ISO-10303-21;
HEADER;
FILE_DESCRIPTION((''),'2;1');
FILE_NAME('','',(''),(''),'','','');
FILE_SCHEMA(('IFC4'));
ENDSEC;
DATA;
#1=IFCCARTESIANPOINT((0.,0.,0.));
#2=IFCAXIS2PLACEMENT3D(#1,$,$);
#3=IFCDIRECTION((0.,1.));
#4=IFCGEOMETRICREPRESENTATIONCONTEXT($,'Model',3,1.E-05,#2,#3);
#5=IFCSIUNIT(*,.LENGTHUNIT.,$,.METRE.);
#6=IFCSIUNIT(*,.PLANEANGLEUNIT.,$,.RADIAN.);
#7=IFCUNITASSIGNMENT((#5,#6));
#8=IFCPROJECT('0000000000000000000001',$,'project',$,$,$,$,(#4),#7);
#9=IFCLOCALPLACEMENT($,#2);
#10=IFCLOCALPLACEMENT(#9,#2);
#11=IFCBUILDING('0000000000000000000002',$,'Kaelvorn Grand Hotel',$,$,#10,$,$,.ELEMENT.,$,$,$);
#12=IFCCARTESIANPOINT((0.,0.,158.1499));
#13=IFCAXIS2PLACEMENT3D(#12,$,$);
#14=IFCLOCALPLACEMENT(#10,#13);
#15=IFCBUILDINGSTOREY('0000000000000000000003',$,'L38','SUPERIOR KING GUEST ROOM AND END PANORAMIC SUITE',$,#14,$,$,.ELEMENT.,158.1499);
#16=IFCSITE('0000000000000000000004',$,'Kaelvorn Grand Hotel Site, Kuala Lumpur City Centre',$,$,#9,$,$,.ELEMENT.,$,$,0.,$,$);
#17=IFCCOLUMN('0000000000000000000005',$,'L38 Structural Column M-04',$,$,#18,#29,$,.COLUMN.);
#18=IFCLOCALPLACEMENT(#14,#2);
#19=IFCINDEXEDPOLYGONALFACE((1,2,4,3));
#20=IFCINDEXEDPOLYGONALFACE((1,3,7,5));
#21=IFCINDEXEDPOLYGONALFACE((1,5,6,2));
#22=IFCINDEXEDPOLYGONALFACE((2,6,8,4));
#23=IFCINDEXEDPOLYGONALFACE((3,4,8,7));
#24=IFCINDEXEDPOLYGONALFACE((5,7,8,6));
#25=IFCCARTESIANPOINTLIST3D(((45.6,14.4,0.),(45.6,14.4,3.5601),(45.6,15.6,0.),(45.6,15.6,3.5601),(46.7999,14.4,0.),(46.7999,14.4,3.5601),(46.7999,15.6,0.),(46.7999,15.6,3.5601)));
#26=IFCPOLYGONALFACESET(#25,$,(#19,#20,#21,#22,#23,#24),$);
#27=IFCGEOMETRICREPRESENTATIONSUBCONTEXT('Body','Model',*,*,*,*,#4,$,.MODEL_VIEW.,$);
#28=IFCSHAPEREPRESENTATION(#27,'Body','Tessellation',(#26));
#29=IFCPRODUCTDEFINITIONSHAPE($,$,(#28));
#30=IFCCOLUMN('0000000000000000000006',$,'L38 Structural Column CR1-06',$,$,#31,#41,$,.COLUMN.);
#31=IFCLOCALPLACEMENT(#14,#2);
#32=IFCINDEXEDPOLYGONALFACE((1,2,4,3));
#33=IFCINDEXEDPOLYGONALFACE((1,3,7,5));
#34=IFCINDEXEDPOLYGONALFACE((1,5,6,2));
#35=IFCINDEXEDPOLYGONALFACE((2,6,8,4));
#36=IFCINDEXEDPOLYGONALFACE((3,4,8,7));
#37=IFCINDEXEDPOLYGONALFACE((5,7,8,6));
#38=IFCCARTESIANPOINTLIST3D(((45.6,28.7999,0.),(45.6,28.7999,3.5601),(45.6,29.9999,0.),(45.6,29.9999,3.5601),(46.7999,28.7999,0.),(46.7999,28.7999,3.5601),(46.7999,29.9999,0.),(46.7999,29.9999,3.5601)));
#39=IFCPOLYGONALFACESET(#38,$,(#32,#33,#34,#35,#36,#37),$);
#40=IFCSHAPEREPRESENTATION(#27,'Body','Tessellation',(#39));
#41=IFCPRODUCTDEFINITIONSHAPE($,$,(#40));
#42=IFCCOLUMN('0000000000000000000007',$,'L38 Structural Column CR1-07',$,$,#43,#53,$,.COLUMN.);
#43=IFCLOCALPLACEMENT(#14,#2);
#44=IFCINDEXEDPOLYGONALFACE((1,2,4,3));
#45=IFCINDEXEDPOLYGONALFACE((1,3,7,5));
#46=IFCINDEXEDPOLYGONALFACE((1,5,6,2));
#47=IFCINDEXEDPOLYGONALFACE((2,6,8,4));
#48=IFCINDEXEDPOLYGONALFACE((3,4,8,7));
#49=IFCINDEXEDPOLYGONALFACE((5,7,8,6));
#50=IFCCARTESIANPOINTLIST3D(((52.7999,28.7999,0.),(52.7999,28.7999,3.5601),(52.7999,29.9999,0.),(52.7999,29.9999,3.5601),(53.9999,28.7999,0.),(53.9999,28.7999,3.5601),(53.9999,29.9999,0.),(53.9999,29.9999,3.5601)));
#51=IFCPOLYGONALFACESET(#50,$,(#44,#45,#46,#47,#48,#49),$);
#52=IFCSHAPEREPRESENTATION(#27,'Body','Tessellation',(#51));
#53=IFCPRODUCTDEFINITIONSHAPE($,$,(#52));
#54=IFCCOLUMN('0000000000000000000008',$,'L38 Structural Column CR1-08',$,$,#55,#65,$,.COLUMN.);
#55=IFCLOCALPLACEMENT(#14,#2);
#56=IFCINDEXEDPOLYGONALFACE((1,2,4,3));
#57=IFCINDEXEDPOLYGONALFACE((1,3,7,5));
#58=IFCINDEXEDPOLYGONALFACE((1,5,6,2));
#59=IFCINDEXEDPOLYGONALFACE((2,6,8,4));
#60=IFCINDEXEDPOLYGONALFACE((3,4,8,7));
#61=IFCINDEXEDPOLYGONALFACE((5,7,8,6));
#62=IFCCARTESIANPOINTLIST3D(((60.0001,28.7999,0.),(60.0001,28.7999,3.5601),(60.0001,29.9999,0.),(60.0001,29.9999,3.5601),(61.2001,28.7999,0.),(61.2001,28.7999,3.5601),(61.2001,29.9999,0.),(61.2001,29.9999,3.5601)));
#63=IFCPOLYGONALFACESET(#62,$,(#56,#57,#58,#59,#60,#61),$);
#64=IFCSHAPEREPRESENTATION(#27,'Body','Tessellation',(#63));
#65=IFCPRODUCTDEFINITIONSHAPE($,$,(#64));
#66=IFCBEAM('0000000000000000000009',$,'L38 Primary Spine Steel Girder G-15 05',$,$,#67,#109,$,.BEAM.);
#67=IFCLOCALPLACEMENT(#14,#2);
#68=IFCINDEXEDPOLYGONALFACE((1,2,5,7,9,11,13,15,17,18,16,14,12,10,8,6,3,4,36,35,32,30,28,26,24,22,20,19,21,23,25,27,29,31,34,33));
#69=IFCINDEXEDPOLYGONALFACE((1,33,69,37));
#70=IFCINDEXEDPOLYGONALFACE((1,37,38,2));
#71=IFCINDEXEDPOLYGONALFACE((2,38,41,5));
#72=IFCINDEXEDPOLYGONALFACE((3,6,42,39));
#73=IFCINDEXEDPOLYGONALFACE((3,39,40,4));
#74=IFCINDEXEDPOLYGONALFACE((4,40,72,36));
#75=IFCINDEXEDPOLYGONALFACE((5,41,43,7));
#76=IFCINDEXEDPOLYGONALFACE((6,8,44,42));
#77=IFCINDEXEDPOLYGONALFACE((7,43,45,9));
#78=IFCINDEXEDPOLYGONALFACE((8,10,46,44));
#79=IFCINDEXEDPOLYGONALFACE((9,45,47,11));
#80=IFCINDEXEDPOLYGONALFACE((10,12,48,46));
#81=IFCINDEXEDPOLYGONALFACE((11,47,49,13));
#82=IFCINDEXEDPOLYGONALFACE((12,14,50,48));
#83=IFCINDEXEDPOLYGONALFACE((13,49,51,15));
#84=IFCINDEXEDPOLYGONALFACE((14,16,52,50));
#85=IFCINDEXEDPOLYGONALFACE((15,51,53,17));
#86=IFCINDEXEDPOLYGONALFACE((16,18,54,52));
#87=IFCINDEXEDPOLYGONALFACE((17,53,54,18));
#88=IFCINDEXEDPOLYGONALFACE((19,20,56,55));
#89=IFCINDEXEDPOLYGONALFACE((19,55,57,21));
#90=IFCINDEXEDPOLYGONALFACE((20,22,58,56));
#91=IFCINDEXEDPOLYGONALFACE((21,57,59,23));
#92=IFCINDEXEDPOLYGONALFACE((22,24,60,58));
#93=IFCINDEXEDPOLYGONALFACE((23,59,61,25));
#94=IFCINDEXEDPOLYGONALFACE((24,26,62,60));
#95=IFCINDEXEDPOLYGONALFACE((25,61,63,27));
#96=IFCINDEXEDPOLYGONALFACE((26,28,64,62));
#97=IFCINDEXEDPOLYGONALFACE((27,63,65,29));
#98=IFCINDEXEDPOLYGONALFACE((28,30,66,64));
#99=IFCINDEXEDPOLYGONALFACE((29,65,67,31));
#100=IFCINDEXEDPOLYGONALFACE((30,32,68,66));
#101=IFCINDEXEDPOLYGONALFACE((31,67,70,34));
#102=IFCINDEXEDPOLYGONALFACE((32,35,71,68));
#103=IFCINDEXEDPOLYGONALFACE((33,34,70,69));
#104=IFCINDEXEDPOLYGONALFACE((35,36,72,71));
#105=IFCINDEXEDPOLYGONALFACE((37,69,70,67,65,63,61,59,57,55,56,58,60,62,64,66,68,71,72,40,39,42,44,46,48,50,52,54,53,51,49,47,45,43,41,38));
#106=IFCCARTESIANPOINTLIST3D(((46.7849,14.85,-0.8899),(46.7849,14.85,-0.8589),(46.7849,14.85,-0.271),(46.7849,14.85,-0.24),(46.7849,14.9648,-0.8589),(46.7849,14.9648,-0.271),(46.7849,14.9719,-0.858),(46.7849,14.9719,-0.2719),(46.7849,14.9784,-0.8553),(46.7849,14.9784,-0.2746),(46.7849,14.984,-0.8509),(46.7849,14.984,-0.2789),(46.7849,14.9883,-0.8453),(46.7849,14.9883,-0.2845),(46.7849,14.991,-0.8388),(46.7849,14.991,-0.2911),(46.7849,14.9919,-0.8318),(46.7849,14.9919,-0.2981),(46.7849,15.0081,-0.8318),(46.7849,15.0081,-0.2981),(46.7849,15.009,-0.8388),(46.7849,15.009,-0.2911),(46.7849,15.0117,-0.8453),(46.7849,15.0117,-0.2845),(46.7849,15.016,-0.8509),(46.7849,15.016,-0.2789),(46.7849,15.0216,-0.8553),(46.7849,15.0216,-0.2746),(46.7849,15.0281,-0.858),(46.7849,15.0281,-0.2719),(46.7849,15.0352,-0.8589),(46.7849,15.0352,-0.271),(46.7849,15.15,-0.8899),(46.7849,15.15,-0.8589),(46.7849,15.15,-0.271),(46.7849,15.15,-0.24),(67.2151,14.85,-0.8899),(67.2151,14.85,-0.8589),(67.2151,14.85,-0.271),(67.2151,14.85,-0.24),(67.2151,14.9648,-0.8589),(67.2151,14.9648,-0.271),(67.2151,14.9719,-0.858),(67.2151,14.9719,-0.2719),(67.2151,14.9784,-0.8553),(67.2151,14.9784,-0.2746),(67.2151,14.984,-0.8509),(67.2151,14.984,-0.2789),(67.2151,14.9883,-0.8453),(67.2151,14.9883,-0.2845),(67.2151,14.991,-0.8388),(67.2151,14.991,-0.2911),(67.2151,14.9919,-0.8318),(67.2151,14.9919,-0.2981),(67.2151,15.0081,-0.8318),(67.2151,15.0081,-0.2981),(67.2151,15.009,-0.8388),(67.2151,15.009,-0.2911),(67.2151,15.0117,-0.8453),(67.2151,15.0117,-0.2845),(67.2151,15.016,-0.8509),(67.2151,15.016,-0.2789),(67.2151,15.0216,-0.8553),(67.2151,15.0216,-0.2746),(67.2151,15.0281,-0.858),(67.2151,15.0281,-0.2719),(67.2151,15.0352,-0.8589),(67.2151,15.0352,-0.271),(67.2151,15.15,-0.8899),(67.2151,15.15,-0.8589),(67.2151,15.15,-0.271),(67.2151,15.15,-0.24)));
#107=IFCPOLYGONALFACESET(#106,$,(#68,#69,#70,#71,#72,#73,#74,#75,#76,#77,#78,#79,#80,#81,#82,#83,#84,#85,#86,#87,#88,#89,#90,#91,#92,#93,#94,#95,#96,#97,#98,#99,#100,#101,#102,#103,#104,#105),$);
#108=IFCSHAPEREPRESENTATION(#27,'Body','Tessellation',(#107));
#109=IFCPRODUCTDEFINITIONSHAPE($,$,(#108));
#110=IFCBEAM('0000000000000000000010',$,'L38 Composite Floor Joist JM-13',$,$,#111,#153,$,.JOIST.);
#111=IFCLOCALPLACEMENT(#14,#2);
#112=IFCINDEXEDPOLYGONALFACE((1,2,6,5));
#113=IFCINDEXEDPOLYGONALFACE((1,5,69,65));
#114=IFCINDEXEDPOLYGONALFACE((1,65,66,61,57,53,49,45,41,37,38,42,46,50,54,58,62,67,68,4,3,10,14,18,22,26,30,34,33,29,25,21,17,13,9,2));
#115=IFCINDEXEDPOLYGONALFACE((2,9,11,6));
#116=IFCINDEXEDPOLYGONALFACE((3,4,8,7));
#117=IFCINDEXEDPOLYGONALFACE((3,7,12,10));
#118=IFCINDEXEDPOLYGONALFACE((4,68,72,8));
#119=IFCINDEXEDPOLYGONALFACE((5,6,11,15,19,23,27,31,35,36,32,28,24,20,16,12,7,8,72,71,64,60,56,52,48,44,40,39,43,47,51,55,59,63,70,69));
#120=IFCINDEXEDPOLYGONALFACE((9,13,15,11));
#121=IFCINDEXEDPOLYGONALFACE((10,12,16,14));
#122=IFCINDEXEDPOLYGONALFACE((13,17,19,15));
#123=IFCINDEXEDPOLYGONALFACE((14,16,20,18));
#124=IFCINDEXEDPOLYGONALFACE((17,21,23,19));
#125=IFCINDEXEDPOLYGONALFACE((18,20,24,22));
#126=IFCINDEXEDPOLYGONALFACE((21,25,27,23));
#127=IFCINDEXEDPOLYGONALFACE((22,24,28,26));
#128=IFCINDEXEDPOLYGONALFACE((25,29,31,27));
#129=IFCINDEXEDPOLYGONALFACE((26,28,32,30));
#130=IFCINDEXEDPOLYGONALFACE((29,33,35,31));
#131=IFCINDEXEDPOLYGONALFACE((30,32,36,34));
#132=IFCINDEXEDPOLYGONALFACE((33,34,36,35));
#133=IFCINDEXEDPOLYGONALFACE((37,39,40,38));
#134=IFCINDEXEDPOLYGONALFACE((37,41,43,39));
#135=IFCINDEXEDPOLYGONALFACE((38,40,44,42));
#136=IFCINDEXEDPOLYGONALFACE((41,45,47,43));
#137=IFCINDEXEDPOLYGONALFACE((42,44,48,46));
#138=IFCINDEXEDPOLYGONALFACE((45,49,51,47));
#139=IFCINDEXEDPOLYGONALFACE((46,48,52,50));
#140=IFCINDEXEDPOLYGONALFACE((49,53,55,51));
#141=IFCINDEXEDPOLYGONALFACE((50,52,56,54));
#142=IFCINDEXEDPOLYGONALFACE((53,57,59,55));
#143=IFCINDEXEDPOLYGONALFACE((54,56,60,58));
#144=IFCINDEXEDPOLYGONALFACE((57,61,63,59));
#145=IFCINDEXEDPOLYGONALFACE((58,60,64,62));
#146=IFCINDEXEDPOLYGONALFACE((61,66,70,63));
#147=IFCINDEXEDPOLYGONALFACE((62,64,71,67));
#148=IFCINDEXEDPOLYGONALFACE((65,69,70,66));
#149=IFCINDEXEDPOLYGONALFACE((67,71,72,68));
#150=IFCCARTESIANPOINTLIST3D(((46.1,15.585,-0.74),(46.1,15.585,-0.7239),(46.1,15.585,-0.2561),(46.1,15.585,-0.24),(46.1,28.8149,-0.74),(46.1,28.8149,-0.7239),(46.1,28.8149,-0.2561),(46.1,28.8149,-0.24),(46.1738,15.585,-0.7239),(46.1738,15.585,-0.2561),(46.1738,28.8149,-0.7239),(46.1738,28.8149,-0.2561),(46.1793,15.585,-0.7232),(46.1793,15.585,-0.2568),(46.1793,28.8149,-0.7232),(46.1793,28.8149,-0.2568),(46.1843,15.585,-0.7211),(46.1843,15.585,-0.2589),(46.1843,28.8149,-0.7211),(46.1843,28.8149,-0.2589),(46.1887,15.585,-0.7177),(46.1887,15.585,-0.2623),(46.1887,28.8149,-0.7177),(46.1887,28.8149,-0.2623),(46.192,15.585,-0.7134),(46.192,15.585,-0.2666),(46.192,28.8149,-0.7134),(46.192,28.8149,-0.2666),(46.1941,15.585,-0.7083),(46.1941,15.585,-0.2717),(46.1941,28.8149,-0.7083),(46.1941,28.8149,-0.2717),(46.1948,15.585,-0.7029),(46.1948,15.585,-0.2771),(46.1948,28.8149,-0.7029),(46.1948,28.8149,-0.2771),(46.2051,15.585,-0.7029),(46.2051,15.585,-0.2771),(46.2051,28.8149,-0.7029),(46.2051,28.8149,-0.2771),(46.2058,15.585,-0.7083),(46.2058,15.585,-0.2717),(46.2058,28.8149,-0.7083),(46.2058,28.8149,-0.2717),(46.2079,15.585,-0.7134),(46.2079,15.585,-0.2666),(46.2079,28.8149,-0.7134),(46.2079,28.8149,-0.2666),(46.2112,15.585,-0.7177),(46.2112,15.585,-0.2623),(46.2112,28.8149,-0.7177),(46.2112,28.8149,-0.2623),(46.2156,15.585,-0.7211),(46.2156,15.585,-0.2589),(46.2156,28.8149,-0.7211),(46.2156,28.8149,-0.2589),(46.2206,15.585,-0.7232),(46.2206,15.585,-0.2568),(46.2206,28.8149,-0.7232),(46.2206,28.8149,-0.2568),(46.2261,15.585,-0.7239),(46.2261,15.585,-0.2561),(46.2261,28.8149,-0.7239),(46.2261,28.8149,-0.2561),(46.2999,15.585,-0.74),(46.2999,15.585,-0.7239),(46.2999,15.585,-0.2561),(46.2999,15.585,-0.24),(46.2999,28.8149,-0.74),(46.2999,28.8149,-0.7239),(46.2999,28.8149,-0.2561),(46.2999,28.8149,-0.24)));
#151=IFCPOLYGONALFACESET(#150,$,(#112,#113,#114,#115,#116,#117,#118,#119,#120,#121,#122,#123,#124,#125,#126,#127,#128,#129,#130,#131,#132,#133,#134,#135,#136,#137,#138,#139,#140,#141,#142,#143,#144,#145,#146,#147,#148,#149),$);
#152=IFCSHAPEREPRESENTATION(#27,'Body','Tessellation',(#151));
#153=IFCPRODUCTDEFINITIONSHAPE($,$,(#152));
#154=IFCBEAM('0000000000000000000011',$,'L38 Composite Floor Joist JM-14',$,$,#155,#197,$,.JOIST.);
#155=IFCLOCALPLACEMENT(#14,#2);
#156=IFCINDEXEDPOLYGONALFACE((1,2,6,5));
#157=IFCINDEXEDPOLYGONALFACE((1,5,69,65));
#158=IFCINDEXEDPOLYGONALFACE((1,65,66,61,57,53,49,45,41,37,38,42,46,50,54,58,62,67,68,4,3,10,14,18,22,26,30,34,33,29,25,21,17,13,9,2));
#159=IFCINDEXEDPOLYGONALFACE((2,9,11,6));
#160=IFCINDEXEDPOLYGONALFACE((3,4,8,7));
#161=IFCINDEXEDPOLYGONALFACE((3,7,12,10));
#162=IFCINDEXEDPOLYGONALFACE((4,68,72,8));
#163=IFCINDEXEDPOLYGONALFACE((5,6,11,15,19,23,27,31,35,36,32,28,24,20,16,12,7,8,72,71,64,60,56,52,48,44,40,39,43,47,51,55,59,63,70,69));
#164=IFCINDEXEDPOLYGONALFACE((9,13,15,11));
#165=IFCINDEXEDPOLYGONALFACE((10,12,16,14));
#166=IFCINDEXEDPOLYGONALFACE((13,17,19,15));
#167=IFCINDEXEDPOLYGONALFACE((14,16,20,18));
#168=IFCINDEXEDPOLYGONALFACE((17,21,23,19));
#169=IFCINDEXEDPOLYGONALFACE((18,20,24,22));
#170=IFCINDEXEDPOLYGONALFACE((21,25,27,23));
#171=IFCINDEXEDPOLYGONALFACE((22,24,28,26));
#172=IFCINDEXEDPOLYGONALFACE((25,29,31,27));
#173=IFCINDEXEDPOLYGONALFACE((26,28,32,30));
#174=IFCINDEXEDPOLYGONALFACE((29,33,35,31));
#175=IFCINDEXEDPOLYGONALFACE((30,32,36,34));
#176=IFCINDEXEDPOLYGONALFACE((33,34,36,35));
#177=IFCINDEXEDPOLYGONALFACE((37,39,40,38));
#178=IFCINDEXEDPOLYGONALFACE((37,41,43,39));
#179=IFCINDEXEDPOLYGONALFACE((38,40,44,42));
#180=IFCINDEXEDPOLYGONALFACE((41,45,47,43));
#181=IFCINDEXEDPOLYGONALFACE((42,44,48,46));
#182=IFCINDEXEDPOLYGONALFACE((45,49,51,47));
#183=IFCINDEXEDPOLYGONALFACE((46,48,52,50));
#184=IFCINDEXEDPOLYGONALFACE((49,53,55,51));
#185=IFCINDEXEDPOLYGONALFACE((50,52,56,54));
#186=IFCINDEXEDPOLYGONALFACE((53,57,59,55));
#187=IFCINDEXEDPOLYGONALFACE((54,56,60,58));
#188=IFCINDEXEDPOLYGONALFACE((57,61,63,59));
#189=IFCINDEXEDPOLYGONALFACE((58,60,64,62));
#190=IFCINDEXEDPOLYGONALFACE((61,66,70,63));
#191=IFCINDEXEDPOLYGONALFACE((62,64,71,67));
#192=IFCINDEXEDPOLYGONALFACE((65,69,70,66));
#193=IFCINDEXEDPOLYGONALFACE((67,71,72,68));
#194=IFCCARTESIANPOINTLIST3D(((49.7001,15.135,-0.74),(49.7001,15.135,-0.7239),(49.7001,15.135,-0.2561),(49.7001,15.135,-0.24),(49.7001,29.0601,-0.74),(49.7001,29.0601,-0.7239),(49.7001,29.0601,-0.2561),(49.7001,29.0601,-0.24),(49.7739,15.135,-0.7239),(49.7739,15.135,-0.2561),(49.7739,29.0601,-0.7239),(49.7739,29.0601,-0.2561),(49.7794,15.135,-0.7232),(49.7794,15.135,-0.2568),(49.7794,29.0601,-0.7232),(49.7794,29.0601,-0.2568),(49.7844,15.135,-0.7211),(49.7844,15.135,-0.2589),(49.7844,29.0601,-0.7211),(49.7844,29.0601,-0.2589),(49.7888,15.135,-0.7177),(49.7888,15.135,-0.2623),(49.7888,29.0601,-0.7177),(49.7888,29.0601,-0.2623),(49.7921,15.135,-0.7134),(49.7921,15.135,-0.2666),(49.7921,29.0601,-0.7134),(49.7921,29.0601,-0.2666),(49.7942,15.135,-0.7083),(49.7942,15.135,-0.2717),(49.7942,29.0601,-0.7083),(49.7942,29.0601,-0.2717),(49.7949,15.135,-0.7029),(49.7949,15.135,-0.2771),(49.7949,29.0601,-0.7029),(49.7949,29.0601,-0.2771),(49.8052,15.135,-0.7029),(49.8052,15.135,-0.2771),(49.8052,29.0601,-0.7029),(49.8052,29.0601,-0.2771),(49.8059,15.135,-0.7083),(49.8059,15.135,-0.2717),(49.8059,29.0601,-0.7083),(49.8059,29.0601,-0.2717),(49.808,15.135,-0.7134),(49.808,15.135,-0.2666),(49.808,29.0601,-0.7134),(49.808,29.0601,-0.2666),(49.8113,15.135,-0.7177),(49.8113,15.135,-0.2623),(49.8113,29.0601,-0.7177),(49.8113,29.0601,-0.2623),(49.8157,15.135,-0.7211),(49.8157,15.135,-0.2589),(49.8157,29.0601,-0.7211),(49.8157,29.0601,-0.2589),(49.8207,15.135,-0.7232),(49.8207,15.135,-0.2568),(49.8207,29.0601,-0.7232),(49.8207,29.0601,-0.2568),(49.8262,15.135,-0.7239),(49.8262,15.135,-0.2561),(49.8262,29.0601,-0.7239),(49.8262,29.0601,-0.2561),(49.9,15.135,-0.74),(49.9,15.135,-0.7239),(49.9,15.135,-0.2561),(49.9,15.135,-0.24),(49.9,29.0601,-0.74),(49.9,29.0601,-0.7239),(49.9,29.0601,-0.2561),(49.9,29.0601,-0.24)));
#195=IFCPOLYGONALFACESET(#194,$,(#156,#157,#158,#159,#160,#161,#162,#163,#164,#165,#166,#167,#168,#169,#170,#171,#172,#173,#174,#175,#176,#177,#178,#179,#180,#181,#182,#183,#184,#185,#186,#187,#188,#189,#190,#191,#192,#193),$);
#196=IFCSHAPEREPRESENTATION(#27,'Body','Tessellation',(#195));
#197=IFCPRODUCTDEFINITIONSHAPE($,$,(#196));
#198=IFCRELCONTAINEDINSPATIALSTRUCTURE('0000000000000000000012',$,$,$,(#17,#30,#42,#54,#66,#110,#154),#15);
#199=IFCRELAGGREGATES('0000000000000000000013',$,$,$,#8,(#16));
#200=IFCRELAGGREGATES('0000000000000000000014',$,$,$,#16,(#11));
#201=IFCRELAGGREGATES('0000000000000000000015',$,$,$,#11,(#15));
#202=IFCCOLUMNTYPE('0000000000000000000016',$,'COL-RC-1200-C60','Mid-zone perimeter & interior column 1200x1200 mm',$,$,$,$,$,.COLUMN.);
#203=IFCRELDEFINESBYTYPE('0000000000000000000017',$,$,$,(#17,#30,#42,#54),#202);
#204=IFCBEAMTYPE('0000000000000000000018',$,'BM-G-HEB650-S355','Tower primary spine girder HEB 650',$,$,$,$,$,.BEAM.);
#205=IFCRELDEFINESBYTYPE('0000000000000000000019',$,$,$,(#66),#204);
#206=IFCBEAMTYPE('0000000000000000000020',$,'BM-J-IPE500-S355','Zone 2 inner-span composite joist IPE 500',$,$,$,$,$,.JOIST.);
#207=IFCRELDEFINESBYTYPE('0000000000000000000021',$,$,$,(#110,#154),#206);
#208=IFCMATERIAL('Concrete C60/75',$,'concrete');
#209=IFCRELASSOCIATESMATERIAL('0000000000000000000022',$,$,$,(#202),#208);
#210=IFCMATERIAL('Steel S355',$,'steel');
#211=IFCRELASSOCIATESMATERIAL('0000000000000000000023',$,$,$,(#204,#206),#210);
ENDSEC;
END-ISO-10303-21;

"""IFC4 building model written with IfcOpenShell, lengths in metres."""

from ifc_helpers import new_model, si_unit, direction, frame, origin, origin_2d, place, context, subcontext, project, spatial, rectangle, i_section, extrude, material, material_profile, profile_set, type_object, element, save


model = new_model("IFC4")

# Units and contexts
model_context = context("Model", 3, precision=1e-05, world=origin(), true_north=direction((0.0, 1.0)))
body_context = subcontext(model_context, "Body", "Model", "MODEL_VIEW")
ifc_project = project(units=[si_unit("LENGTHUNIT", "METRE"), si_unit("PLANEANGLEUNIT", "RADIAN")], contexts=[model_context])

# Site, building, storey
site_placement = place(None, origin())
site = spatial("IfcSite", under=ifc_project, at=site_placement, Name="Kaelvorn Grand Hotel Site, Kuala Lumpur City Centre", CompositionType="ELEMENT", RefElevation=0.0)
building_placement = place(site_placement, origin())
building = spatial("IfcBuilding", under=site, at=building_placement, Name="Kaelvorn Grand Hotel", CompositionType="ELEMENT")
storey_placement = place(building_placement, frame((0.0, 0.0, 158.1499)))
storey = spatial("IfcBuildingStorey", under=building, at=storey_placement, Name="L38", Description="SUPERIOR KING GUEST ROOM AND END PANORAMIC SUITE", CompositionType="ELEMENT", Elevation=158.1499)

# Columns
ifc_material_1 = material(Name="Concrete C60/75", Category="concrete")
ifc_material_profile_1 = material_profile(ifc_material_1, rectangle(XDim=1.2, YDim=1.2, at=origin_2d()), Name="RC COL 1200x1200")
ifc_profile_set_1 = profile_set([ifc_material_profile_1], Name="Concrete C60/75")
column_type = type_object("IfcColumnType", Name="COL-RC-1200-C60", Description="Mid-zone perimeter & interior column 1200x1200 mm", PredefinedType="COLUMN", material=ifc_profile_set_1)
for number, where, z_axis, x_axis, name in (
    (1, (46.2, 15.0, 0.0), (0.0, 0.0, 1.0), (1.0, 0.0, 0.0), "L38 Structural Column M-04"),
    (2, (46.2, 29.3999, 0.0), (0.0, 0.0, 1.0), (1.0, 0.0, 0.0), "L38 Structural Column CR1-06"),
    (3, (53.3999, 29.3999, 0.0), (0.0, 0.0, 1.0), (1.0, 0.0, 0.0), "L38 Structural Column CR1-07"),
    (4, (60.6001, 29.3999, 0.0), (0.0, 0.0, 1.0), (1.0, 0.0, 0.0), "L38 Structural Column CR1-08"),
):
    element("IfcColumn", number, at=place(storey_placement, frame(where, z_axis=z_axis, x_axis=x_axis)), inside=storey, type_object=column_type, Name=name, PredefinedType="COLUMN", context=body_context, shape_type="SweptSolid", body=[
        extrude(rectangle(XDim=1.2, YDim=1.2, at=origin_2d()), origin(), (0.0, 0.0, 1.0), 3.5601),
    ])

# Beams
ifc_material_2 = material(Name="Steel S355", Category="steel")
ifc_material_profile_2 = material_profile(ifc_material_2, i_section(OverallWidth=0.3, OverallDepth=0.6499, WebThickness=0.0161, FlangeThickness=0.031, FilletRadius=0.0271, at=origin_2d()), Name="HEB 650")
ifc_profile_set_2 = profile_set([ifc_material_profile_2], Name="Steel S355")
beam_type_1 = type_object("IfcBeamType", Name="BM-G-HEB650-S355", Description="Tower primary spine girder HEB 650", PredefinedType="BEAM", material=ifc_profile_set_2)
beam_1_placement = place(storey_placement, frame((46.7849, 15.0, -0.5649), z_axis=(1.0, 0.0, 0.0), x_axis=(0.0, 1.0, 0.0)))
element("IfcBeam", 5, at=beam_1_placement, inside=storey, type_object=beam_type_1, Name="L38 Primary Spine Steel Girder G-15 05", PredefinedType="BEAM", context=body_context, shape_type="SweptSolid", body=[
    extrude(i_section(OverallWidth=0.3, OverallDepth=0.6499, WebThickness=0.0161, FlangeThickness=0.031, FilletRadius=0.0271, at=origin_2d()), origin(), (0.0, 0.0, 1.0), 20.4302),
])
ifc_material_profile_3 = material_profile(ifc_material_2, i_section(OverallWidth=0.2, OverallDepth=0.5, WebThickness=0.0103, FlangeThickness=0.0161, FilletRadius=0.021, at=origin_2d()), Name="IPE 500")
ifc_profile_set_3 = profile_set([ifc_material_profile_3], Name="Steel S355")
beam_type_2 = type_object("IfcBeamType", Name="BM-J-IPE500-S355", Description="Zone 2 inner-span composite joist IPE 500", PredefinedType="JOIST", material=ifc_profile_set_3)
beam_2_placement = place(storey_placement, frame((46.2, 15.585, -0.49), z_axis=(0.0, 1.0, 0.0), x_axis=(-1.0, 0.0, 0.0)))
element("IfcBeam", 6, at=beam_2_placement, inside=storey, type_object=beam_type_2, Name="L38 Composite Floor Joist JM-13", PredefinedType="JOIST", context=body_context, shape_type="SweptSolid", body=[
    extrude(i_section(OverallWidth=0.2, OverallDepth=0.5, WebThickness=0.0103, FlangeThickness=0.0161, FilletRadius=0.021, at=origin_2d()), origin(), (0.0, 0.0, 1.0), 13.23),
])
beam_3_placement = place(storey_placement, frame((49.8, 15.135, -0.49), z_axis=(0.0, 1.0, 0.0), x_axis=(-1.0, 0.0, 0.0)))
element("IfcBeam", 7, at=beam_3_placement, inside=storey, type_object=beam_type_2, Name="L38 Composite Floor Joist JM-14", PredefinedType="JOIST", context=body_context, shape_type="SweptSolid", body=[
    extrude(i_section(OverallWidth=0.2, OverallDepth=0.5, WebThickness=0.0103, FlangeThickness=0.0161, FilletRadius=0.021, at=origin_2d()), origin(), (0.0, 0.0, 1.0), 13.925),
])

save(model, "model.ifc")
